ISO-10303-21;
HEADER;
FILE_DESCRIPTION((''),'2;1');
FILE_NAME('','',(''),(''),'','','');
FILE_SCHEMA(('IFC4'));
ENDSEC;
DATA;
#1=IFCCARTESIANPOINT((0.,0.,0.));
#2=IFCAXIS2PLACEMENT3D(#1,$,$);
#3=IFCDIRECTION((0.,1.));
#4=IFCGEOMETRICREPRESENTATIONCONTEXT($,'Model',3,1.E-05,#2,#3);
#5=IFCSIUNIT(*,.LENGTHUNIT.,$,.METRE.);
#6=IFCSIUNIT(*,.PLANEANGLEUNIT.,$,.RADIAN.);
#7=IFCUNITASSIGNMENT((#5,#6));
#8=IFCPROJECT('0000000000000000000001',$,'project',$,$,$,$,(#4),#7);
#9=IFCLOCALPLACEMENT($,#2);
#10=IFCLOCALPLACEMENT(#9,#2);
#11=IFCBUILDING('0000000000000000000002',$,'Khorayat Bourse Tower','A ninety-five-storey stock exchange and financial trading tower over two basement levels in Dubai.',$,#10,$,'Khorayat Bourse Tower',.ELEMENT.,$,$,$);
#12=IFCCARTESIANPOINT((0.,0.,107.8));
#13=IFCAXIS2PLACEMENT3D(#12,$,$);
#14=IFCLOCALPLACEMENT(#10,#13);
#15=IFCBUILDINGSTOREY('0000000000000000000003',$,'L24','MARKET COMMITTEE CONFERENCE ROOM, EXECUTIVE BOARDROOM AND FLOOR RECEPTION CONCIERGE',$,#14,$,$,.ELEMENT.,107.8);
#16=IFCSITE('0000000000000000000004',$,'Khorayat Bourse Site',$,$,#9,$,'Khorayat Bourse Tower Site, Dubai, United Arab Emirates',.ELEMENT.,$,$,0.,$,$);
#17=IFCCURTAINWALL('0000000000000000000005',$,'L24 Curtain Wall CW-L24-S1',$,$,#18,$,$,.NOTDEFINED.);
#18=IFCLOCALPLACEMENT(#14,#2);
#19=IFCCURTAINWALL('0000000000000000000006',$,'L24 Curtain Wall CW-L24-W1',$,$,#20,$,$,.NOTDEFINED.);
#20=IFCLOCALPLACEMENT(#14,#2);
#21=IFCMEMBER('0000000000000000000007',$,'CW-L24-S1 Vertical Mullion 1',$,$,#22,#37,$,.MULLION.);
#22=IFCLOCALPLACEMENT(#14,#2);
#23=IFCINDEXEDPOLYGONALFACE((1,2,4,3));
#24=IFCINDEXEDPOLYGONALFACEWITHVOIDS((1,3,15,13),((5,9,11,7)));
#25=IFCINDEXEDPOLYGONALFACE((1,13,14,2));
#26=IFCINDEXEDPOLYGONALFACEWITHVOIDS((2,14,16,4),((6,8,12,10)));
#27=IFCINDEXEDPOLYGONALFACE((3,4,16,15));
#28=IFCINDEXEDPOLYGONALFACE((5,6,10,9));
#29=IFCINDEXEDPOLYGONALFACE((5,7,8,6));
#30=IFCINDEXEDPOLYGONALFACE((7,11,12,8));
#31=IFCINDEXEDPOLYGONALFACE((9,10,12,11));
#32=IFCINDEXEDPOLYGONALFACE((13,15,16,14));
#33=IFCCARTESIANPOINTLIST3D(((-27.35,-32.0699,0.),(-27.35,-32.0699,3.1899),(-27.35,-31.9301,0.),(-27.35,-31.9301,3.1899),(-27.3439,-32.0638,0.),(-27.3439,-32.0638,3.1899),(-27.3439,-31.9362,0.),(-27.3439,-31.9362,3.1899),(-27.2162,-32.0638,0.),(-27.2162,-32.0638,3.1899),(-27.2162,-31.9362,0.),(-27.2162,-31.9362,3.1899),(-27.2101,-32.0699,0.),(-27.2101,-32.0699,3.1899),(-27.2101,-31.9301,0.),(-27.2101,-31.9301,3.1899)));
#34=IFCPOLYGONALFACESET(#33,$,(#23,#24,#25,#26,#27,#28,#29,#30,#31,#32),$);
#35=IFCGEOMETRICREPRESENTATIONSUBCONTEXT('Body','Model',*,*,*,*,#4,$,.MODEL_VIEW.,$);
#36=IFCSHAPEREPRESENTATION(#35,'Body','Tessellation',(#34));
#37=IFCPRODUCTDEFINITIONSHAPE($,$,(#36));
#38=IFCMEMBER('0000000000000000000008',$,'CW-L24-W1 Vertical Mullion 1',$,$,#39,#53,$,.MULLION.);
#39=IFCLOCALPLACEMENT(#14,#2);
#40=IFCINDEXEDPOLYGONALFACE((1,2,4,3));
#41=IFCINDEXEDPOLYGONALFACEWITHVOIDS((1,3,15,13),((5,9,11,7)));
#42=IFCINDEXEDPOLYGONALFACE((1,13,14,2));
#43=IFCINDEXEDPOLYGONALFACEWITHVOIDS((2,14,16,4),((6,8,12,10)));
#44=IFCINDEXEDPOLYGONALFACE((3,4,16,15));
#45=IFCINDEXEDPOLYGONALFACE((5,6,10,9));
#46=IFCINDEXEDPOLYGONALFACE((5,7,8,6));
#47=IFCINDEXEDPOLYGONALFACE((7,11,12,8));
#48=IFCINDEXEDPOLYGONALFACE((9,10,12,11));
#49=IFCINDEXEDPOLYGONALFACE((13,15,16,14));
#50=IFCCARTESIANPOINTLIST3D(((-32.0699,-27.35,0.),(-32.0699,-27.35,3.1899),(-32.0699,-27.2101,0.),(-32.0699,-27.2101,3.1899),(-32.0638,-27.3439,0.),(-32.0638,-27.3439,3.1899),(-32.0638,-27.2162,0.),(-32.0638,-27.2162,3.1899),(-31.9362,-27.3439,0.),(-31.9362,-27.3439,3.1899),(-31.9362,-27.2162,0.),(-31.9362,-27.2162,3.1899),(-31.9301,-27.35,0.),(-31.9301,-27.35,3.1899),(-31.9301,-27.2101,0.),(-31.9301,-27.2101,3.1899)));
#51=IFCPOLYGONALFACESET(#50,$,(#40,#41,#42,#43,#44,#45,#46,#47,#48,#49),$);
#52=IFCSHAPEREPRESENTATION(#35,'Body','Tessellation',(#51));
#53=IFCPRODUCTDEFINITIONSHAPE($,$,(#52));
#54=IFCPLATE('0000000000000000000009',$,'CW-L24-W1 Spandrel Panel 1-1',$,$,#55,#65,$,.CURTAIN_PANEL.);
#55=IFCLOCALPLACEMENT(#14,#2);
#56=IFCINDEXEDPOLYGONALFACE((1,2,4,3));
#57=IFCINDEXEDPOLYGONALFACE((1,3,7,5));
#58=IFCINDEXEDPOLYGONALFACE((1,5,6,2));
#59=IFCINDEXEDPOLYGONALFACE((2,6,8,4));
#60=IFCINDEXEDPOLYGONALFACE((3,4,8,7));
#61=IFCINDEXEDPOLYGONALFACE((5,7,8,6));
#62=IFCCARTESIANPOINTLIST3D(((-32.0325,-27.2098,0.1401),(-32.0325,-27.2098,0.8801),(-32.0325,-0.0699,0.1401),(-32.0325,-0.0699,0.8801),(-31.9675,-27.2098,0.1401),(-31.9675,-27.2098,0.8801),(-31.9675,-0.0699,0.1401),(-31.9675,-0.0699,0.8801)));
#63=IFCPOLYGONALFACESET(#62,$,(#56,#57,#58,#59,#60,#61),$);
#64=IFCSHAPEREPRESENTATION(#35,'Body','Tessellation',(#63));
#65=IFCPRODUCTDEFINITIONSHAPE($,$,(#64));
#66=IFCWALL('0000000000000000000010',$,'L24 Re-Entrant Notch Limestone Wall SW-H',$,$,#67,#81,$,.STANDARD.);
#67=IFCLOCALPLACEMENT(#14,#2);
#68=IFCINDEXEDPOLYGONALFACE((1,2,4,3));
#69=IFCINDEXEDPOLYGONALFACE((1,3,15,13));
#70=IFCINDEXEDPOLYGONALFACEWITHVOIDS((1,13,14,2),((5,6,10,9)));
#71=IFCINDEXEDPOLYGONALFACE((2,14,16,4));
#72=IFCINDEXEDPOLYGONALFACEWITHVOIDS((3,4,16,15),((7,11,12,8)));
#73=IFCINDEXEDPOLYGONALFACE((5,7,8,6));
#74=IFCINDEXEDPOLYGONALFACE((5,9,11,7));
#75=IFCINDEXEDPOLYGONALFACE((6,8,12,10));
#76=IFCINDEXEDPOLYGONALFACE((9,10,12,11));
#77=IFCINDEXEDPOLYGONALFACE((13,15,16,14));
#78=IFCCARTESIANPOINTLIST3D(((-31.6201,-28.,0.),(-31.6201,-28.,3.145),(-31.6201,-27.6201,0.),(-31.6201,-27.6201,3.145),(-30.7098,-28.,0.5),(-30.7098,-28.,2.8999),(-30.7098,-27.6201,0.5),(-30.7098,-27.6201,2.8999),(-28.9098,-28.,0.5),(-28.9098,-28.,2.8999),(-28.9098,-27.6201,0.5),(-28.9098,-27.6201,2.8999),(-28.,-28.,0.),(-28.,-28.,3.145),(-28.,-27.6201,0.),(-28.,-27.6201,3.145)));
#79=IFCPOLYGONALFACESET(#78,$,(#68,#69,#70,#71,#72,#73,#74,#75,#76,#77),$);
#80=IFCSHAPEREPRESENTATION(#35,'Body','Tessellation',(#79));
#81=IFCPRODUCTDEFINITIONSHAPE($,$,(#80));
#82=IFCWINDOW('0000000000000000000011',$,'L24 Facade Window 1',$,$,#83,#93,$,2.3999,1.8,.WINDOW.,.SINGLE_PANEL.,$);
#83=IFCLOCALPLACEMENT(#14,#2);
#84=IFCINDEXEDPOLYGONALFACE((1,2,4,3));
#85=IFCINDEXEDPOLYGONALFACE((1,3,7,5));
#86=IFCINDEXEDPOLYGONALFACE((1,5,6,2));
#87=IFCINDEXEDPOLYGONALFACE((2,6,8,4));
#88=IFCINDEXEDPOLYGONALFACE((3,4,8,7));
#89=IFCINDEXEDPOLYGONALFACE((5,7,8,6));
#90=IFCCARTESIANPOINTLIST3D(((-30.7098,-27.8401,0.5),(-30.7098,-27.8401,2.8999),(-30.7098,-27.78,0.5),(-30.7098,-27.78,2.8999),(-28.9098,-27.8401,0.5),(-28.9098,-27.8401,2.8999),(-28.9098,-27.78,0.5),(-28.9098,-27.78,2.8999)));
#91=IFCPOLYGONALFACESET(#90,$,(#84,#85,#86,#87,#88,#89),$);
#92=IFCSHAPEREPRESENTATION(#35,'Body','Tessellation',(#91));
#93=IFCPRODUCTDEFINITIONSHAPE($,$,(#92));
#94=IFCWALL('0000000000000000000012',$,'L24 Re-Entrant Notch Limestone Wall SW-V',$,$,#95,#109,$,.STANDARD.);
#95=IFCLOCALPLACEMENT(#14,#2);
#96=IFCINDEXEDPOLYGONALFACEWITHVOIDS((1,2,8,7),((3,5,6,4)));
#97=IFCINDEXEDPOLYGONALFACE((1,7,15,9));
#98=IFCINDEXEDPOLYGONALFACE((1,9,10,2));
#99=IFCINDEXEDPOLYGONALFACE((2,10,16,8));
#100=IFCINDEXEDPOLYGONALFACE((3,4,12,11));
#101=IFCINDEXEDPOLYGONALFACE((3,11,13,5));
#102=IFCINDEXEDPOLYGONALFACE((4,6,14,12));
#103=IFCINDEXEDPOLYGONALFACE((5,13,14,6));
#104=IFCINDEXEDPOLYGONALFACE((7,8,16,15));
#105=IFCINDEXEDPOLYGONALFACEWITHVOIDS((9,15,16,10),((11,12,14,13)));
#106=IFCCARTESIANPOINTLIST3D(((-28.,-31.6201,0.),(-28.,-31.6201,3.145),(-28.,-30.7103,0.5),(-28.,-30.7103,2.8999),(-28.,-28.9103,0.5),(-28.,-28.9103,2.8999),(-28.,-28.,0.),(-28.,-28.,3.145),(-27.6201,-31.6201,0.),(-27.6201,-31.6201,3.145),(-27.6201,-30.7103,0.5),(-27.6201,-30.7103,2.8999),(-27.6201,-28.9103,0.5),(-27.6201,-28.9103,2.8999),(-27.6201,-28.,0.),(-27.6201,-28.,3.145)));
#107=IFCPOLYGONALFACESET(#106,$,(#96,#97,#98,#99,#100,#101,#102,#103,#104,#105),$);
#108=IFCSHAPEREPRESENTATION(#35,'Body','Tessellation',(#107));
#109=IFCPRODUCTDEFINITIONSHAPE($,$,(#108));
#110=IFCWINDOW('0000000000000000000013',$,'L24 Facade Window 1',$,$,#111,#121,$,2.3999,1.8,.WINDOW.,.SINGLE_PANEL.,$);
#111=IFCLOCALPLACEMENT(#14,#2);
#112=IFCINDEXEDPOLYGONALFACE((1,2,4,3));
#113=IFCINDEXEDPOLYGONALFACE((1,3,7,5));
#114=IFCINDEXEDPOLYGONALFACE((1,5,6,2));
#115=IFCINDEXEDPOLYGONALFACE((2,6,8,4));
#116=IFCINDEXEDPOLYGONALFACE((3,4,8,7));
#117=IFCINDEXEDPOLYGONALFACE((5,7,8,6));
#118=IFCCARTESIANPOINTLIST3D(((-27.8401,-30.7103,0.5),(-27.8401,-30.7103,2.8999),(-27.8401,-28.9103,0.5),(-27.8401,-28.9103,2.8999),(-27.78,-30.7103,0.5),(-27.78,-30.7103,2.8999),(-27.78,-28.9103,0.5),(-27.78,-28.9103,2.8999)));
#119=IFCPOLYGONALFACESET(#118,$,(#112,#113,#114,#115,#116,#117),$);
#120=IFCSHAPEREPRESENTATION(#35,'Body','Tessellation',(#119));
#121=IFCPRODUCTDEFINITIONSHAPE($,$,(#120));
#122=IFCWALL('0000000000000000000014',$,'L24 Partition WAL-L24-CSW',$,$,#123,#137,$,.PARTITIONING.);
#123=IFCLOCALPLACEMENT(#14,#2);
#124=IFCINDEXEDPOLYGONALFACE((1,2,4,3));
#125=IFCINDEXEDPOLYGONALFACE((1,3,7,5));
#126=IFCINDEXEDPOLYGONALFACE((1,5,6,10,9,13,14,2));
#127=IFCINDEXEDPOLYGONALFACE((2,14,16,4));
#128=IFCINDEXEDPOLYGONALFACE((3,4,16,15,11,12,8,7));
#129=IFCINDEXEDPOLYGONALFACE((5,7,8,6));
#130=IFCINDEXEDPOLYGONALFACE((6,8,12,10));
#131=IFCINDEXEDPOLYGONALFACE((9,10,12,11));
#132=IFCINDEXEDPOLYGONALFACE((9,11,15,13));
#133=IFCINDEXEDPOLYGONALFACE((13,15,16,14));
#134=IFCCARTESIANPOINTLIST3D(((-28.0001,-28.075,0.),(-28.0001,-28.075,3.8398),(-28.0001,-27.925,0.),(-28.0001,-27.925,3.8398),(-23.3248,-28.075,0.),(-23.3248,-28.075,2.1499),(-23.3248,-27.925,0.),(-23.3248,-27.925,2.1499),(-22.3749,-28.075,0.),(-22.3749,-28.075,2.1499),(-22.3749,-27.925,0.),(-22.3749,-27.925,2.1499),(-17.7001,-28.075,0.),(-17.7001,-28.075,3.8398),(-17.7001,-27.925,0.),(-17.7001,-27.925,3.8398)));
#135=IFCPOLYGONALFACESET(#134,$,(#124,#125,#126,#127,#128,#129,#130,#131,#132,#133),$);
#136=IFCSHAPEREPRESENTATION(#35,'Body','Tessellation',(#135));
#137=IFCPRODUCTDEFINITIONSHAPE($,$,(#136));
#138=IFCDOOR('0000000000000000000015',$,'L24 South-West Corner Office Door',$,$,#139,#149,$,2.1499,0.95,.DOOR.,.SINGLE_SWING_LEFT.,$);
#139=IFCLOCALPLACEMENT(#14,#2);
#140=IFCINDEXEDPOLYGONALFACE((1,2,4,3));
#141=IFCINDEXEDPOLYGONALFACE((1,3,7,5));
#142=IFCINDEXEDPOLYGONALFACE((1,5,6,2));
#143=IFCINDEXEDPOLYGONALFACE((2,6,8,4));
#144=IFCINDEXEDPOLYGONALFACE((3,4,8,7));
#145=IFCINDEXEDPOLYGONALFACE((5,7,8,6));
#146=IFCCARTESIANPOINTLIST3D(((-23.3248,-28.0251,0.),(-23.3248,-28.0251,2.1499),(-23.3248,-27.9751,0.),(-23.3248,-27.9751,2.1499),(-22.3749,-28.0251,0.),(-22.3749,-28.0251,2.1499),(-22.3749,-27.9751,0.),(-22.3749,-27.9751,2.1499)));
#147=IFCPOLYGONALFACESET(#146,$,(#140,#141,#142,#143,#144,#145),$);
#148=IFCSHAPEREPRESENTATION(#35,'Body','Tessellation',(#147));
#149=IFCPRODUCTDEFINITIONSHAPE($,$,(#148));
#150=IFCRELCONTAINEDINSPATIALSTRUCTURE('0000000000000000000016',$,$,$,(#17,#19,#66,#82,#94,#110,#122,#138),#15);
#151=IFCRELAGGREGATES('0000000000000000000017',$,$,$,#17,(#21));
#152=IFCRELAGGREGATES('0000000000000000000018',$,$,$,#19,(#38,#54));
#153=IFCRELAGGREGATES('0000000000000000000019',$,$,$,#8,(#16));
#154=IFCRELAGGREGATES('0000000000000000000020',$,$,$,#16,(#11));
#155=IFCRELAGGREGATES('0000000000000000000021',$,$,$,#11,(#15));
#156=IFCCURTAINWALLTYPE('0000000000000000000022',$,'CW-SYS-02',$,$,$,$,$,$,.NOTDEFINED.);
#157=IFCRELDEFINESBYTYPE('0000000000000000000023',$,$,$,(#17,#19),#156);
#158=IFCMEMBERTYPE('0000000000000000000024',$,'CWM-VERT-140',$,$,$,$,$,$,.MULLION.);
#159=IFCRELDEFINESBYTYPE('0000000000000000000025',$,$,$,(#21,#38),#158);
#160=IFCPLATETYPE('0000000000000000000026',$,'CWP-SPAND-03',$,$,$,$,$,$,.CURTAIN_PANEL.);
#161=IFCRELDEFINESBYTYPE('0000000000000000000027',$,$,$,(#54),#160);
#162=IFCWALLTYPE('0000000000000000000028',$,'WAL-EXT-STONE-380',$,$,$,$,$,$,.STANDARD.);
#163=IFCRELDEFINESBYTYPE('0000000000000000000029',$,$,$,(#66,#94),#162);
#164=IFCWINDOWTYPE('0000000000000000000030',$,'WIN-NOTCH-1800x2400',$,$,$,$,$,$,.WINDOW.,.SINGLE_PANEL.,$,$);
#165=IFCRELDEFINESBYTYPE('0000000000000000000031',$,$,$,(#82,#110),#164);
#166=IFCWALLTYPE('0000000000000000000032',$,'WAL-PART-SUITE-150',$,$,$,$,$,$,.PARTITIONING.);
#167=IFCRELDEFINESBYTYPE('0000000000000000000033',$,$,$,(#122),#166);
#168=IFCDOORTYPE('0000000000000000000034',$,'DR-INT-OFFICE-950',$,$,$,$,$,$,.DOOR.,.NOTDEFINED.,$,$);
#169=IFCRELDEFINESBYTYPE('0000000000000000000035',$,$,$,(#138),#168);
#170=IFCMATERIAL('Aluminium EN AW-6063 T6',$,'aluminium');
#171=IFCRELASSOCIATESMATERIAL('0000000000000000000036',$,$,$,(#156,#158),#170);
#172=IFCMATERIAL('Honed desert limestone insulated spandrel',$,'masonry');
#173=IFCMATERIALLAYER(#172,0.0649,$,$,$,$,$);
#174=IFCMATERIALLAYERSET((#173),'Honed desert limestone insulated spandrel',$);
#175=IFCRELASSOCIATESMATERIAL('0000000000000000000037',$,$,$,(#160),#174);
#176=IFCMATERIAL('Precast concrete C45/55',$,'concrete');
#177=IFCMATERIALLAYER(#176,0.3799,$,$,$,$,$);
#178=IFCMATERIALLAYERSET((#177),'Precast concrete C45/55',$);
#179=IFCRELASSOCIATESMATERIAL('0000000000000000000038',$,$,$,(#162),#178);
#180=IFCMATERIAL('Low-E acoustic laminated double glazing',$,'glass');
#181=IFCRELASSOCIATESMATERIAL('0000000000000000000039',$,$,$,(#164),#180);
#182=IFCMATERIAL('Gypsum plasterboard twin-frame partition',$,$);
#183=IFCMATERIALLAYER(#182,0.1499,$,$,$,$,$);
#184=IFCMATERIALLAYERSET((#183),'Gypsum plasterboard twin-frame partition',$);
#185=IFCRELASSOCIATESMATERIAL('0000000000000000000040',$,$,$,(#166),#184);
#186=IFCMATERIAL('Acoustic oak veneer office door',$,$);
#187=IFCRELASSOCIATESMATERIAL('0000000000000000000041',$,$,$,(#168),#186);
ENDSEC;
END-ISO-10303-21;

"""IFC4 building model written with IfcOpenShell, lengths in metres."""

from ifc_helpers import new_model, si_unit, direction, frame, frame_2d, origin, origin_2d, place, context, subcontext, project, spatial, rectangle, hollow_rectangle, extrude, source, transform, mapped, material, layer, layer_set, material_profile, profile_set, type_object, element, fill, aggregate, save


model = new_model("IFC4")

# Units and contexts
model_context = context("Model", 3, precision=1e-05, world=origin(), true_north=direction((0.0, 1.0)))
body_context = subcontext(model_context, "Body", "Model", "MODEL_VIEW")
ifc_project = project(units=[si_unit("LENGTHUNIT", "METRE"), si_unit("PLANEANGLEUNIT", "RADIAN")], contexts=[model_context])

# Site, building, storey
site_placement = place(None, origin())
site = spatial("IfcSite", under=ifc_project, at=site_placement, Name="Khorayat Bourse Site", LongName="Khorayat Bourse Tower Site, Dubai, United Arab Emirates", CompositionType="ELEMENT", RefElevation=0.0)
building_placement = place(site_placement, origin())
building = spatial("IfcBuilding", under=site, at=building_placement, Name="Khorayat Bourse Tower", Description="A ninety-five-storey stock exchange and financial trading tower over two basement levels in Dubai.", LongName="Khorayat Bourse Tower", CompositionType="ELEMENT")
storey_placement = place(building_placement, frame((0.0, 0.0, 107.8)))
storey = spatial("IfcBuildingStorey", under=building, at=storey_placement, Name="L24", Description="MARKET COMMITTEE CONFERENCE ROOM, EXECUTIVE BOARDROOM AND FLOOR RECEPTION CONCIERGE", CompositionType="ELEMENT", Elevation=107.8)

# Curtain wall
ifc_material_1 = material(Name="Aluminium EN AW-6063 T6", Category="aluminium")
curtain_wall_type = type_object("IfcCurtainWallType", Name="CW-SYS-02", PredefinedType="NOTDEFINED", material=ifc_material_1)
curtain_wall_1_placement = place(storey_placement, origin())
curtain_wall_1 = element("IfcCurtainWall", 1, at=curtain_wall_1_placement, inside=storey, type_object=curtain_wall_type, Name="L24 Curtain Wall CW-L24-S1", PredefinedType="NOTDEFINED")

# Curtain wall
curtain_wall_2_placement = place(storey_placement, origin())
curtain_wall_2 = element("IfcCurtainWall", 2, at=curtain_wall_2_placement, inside=storey, type_object=curtain_wall_type, Name="L24 Curtain Wall CW-L24-W1", PredefinedType="NOTDEFINED")

# Members
ifc_material_profile_1 = material_profile(ifc_material_1, hollow_rectangle(XDim=0.1399, YDim=0.1399, WallThickness=0.0061, at=origin_2d()), Name="ALU 140x140x6")
ifc_profile_set_1 = profile_set([ifc_material_profile_1], Name="Aluminium EN AW-6063 T6")
member_type_1 = type_object("IfcMemberType", Name="CWM-VERT-140", PredefinedType="MULLION", material=ifc_profile_set_1)
shared_shape_1 = source(origin(), body_context, "Body", "SweptSolid", [
    extrude(hollow_rectangle(XDim=0.1399, YDim=0.1399, WallThickness=0.0061, at=origin_2d()), origin(), (0.0, 0.0, 1.0), 3.1899),
])
member_1_placement = place(storey_placement, frame((-27.28, -32.0, 0.0), z_axis=(0.0, 0.0, 1.0), x_axis=(0.0, 1.0, 0.0)))
member_1 = element("IfcMember", 3, at=member_1_placement, type_object=member_type_1, Name="CW-L24-S1 Vertical Mullion 1", PredefinedType="MULLION", context=body_context, shape_type="MappedRepresentation", body=[
    mapped(shared_shape_1, transform((0.0, 0.0, 0.0), scale=1.0)),
])
aggregate(curtain_wall_1, [member_1])
member_2_placement = place(storey_placement, frame((-32.0, -27.28, 0.0), z_axis=(0.0, 0.0, 1.0), x_axis=(-1.0, 0.0, 0.0)))
member_2 = element("IfcMember", 4, at=member_2_placement, type_object=member_type_1, Name="CW-L24-W1 Vertical Mullion 1", PredefinedType="MULLION", context=body_context, shape_type="MappedRepresentation", body=[
    mapped(shared_shape_1, transform((0.0, 0.0, 0.0), scale=1.0)),
])

# Plate
ifc_material_2 = material(Name="Honed desert limestone insulated spandrel", Category="masonry")
ifc_layer_1 = layer(ifc_material_2, 0.0649)
ifc_layer_set_1 = layer_set([ifc_layer_1], Name="Honed desert limestone insulated spandrel")
plate_type = type_object("IfcPlateType", Name="CWP-SPAND-03", PredefinedType="CURTAIN_PANEL", material=ifc_layer_set_1)
shared_shape_2 = source(origin(), body_context, "Body", "SweptSolid", [
    extrude(rectangle(XDim=27.1399, YDim=0.0649, at=origin_2d()), origin(), (0.0, 0.0, 1.0), 0.74),
])
plate_placement = place(storey_placement, frame((-32.0, -13.6399, 0.1401), z_axis=(0.0, 0.0, 1.0), x_axis=(0.0, 1.0, 0.0)))
plate = element("IfcPlate", 5, at=plate_placement, type_object=plate_type, Name="CW-L24-W1 Spandrel Panel 1-1", PredefinedType="CURTAIN_PANEL", context=body_context, shape_type="MappedRepresentation", body=[
    mapped(shared_shape_2, transform((0.0, 0.0, 0.0), scale=1.0)),
])
aggregate(curtain_wall_2, [member_2, plate])

# Walls, openings, windows
ifc_material_3 = material(Name="Precast concrete C45/55", Category="concrete")
ifc_layer_2 = layer(ifc_material_3, 0.3799)
ifc_layer_set_2 = layer_set([ifc_layer_2], Name="Precast concrete C45/55")
wall_type_1 = type_object("IfcWallType", Name="WAL-EXT-STONE-380", PredefinedType="STANDARD", material=ifc_layer_set_2)
shared_shape_3 = source(origin(), body_context, "Body", "SweptSolid", [
    extrude(rectangle(XDim=3.6201, YDim=0.3799, at=frame_2d((1.8101, 0.0))), origin(), (0.0, 0.0, 1.0), 3.145),
])
wall_1_placement = place(storey_placement, frame((-28.0, -27.8101, 0.0), z_axis=(0.0, 0.0, 1.0), x_axis=(-1.0, 0.0, 0.0)))
wall_1 = element("IfcWall", 6, at=wall_1_placement, inside=storey, type_object=wall_type_1, Name="L24 Re-Entrant Notch Limestone Wall SW-H", PredefinedType="STANDARD", context=body_context, shape_type="MappedRepresentation", body=[
    mapped(shared_shape_3, transform((0.0, 0.0, 0.0), scale=1.0)),
])
shared_shape_4 = source(origin(), body_context, "Body", "SweptSolid", [
    extrude(rectangle(XDim=1.8, YDim=2.3999, at=frame_2d((0.8999, 1.2))), frame((0.0, 0.2, 0.0), z_axis=(0.0, -1.0, 0.0), x_axis=(1.0, 0.0, 0.0)), (0.0, 0.0, 1.0), 0.3999),
])
opening_1_placement = place(wall_1_placement, frame((0.9099, 0.0, 0.5)))
opening_1 = element("IfcOpeningElement", 7, at=opening_1_placement, cuts=wall_1, PredefinedType="OPENING", context=body_context, shape_type="MappedRepresentation", body=[
    mapped(shared_shape_4, transform((0.0, 0.0, 0.0), scale=1.0)),
])
ifc_material_4 = material(Name="Low-E acoustic laminated double glazing", Category="glass")
window_type = type_object("IfcWindowType", Name="WIN-NOTCH-1800x2400", PartitioningType="SINGLE_PANEL", PredefinedType="WINDOW", material=ifc_material_4)
shared_shape_5 = source(origin(), body_context, "Body", "SweptSolid", [
    extrude(rectangle(XDim=1.8, YDim=2.3999, at=frame_2d((0.8999, 1.2))), frame((0.0, 0.03, 0.0), z_axis=(0.0, -1.0, 0.0), x_axis=(1.0, 0.0, 0.0)), (0.0, 0.0, 1.0), 0.0601),
])
window_1_placement = place(opening_1_placement, origin())
window_1 = element("IfcWindow", 8, at=window_1_placement, inside=storey, type_object=window_type, Name="L24 Facade Window 1", OverallHeight=2.3999, OverallWidth=1.8, PartitioningType="SINGLE_PANEL", PredefinedType="WINDOW", context=body_context, shape_type="MappedRepresentation", body=[
    mapped(shared_shape_5, transform((0.0, 0.0, 0.0), scale=1.0)),
])
fill(opening_1, window_1)
wall_2_placement = place(storey_placement, frame((-27.8101, -31.6201, 0.0), z_axis=(0.0, 0.0, 1.0), x_axis=(0.0, 1.0, 0.0)))
wall_2 = element("IfcWall", 9, at=wall_2_placement, inside=storey, type_object=wall_type_1, Name="L24 Re-Entrant Notch Limestone Wall SW-V", PredefinedType="STANDARD", context=body_context, shape_type="MappedRepresentation", body=[
    mapped(shared_shape_3, transform((0.0, 0.0, 0.0), scale=1.0)),
])
opening_2_placement = place(wall_2_placement, frame((0.9099, 0.0, 0.5)))
opening_2 = element("IfcOpeningElement", 10, at=opening_2_placement, cuts=wall_2, PredefinedType="OPENING", context=body_context, shape_type="MappedRepresentation", body=[
    mapped(shared_shape_4, transform((0.0, 0.0, 0.0), scale=1.0)),
])
window_2_placement = place(opening_2_placement, origin())
window_2 = element("IfcWindow", 11, at=window_2_placement, inside=storey, type_object=window_type, Name="L24 Facade Window 1", OverallHeight=2.3999, OverallWidth=1.8, PartitioningType="SINGLE_PANEL", PredefinedType="WINDOW", context=body_context, shape_type="MappedRepresentation", body=[
    mapped(shared_shape_5, transform((0.0, 0.0, 0.0), scale=1.0)),
])
fill(opening_2, window_2)

# Wall, opening, door
ifc_material_5 = material(Name="Gypsum plasterboard twin-frame partition")
ifc_layer_3 = layer(ifc_material_5, 0.1499)
ifc_layer_set_3 = layer_set([ifc_layer_3], Name="Gypsum plasterboard twin-frame partition")
wall_type_2 = type_object("IfcWallType", Name="WAL-PART-SUITE-150", PredefinedType="PARTITIONING", material=ifc_layer_set_3)
shared_shape_6 = source(origin(), body_context, "Body", "SweptSolid", [
    extrude(rectangle(XDim=10.3, YDim=0.1499, at=frame_2d((5.1499, 0.0))), origin(), (0.0, 0.0, 1.0), 3.8398),
])
wall_3_placement = place(storey_placement, frame((-28.0, -28.0, 0.0), z_axis=(0.0, 0.0, 1.0), x_axis=(1.0, 0.0, 0.0)))
wall_3 = element("IfcWall", 12, at=wall_3_placement, inside=storey, type_object=wall_type_2, Name="L24 Partition WAL-L24-CSW", PredefinedType="PARTITIONING", context=body_context, shape_type="MappedRepresentation", body=[
    mapped(shared_shape_6, transform((0.0, 0.0, 0.0), scale=1.0)),
])
shared_shape_7 = source(origin(), body_context, "Body", "SweptSolid", [
    extrude(rectangle(XDim=0.95, YDim=2.1499, at=frame_2d((0.4751, 1.075))), frame((0.0, 0.085, 0.0), z_axis=(0.0, -1.0, 0.0), x_axis=(1.0, 0.0, 0.0)), (0.0, 0.0, 1.0), 0.1699),
])
opening_3_placement = place(wall_3_placement, frame((4.675, 0.0, 0.0)))
opening_3 = element("IfcOpeningElement", 13, at=opening_3_placement, cuts=wall_3, PredefinedType="OPENING", context=body_context, shape_type="MappedRepresentation", body=[
    mapped(shared_shape_7, transform((0.0, 0.0, 0.0), scale=1.0)),
])
ifc_material_6 = material(Name="Acoustic oak veneer office door")
door_type = type_object("IfcDoorType", Name="DR-INT-OFFICE-950", OperationType="NOTDEFINED", PredefinedType="DOOR", material=ifc_material_6)
shared_shape_8 = source(origin(), body_context, "Body", "SweptSolid", [
    extrude(rectangle(XDim=0.95, YDim=2.1499, at=frame_2d((0.4751, 1.075))), frame((0.0, 0.0249, 0.0), z_axis=(0.0, -1.0, 0.0), x_axis=(1.0, 0.0, 0.0)), (0.0, 0.0, 1.0), 0.05),
])
door_placement = place(opening_3_placement, origin())
door = element("IfcDoor", 14, at=door_placement, inside=storey, type_object=door_type, Name="L24 South-West Corner Office Door", OperationType="SINGLE_SWING_LEFT", OverallHeight=2.1499, OverallWidth=0.95, PredefinedType="DOOR", context=body_context, shape_type="MappedRepresentation", body=[
    mapped(shared_shape_8, transform((0.0, 0.0, 0.0), scale=1.0)),
])
fill(opening_3, door)

save(model, "model.ifc")
